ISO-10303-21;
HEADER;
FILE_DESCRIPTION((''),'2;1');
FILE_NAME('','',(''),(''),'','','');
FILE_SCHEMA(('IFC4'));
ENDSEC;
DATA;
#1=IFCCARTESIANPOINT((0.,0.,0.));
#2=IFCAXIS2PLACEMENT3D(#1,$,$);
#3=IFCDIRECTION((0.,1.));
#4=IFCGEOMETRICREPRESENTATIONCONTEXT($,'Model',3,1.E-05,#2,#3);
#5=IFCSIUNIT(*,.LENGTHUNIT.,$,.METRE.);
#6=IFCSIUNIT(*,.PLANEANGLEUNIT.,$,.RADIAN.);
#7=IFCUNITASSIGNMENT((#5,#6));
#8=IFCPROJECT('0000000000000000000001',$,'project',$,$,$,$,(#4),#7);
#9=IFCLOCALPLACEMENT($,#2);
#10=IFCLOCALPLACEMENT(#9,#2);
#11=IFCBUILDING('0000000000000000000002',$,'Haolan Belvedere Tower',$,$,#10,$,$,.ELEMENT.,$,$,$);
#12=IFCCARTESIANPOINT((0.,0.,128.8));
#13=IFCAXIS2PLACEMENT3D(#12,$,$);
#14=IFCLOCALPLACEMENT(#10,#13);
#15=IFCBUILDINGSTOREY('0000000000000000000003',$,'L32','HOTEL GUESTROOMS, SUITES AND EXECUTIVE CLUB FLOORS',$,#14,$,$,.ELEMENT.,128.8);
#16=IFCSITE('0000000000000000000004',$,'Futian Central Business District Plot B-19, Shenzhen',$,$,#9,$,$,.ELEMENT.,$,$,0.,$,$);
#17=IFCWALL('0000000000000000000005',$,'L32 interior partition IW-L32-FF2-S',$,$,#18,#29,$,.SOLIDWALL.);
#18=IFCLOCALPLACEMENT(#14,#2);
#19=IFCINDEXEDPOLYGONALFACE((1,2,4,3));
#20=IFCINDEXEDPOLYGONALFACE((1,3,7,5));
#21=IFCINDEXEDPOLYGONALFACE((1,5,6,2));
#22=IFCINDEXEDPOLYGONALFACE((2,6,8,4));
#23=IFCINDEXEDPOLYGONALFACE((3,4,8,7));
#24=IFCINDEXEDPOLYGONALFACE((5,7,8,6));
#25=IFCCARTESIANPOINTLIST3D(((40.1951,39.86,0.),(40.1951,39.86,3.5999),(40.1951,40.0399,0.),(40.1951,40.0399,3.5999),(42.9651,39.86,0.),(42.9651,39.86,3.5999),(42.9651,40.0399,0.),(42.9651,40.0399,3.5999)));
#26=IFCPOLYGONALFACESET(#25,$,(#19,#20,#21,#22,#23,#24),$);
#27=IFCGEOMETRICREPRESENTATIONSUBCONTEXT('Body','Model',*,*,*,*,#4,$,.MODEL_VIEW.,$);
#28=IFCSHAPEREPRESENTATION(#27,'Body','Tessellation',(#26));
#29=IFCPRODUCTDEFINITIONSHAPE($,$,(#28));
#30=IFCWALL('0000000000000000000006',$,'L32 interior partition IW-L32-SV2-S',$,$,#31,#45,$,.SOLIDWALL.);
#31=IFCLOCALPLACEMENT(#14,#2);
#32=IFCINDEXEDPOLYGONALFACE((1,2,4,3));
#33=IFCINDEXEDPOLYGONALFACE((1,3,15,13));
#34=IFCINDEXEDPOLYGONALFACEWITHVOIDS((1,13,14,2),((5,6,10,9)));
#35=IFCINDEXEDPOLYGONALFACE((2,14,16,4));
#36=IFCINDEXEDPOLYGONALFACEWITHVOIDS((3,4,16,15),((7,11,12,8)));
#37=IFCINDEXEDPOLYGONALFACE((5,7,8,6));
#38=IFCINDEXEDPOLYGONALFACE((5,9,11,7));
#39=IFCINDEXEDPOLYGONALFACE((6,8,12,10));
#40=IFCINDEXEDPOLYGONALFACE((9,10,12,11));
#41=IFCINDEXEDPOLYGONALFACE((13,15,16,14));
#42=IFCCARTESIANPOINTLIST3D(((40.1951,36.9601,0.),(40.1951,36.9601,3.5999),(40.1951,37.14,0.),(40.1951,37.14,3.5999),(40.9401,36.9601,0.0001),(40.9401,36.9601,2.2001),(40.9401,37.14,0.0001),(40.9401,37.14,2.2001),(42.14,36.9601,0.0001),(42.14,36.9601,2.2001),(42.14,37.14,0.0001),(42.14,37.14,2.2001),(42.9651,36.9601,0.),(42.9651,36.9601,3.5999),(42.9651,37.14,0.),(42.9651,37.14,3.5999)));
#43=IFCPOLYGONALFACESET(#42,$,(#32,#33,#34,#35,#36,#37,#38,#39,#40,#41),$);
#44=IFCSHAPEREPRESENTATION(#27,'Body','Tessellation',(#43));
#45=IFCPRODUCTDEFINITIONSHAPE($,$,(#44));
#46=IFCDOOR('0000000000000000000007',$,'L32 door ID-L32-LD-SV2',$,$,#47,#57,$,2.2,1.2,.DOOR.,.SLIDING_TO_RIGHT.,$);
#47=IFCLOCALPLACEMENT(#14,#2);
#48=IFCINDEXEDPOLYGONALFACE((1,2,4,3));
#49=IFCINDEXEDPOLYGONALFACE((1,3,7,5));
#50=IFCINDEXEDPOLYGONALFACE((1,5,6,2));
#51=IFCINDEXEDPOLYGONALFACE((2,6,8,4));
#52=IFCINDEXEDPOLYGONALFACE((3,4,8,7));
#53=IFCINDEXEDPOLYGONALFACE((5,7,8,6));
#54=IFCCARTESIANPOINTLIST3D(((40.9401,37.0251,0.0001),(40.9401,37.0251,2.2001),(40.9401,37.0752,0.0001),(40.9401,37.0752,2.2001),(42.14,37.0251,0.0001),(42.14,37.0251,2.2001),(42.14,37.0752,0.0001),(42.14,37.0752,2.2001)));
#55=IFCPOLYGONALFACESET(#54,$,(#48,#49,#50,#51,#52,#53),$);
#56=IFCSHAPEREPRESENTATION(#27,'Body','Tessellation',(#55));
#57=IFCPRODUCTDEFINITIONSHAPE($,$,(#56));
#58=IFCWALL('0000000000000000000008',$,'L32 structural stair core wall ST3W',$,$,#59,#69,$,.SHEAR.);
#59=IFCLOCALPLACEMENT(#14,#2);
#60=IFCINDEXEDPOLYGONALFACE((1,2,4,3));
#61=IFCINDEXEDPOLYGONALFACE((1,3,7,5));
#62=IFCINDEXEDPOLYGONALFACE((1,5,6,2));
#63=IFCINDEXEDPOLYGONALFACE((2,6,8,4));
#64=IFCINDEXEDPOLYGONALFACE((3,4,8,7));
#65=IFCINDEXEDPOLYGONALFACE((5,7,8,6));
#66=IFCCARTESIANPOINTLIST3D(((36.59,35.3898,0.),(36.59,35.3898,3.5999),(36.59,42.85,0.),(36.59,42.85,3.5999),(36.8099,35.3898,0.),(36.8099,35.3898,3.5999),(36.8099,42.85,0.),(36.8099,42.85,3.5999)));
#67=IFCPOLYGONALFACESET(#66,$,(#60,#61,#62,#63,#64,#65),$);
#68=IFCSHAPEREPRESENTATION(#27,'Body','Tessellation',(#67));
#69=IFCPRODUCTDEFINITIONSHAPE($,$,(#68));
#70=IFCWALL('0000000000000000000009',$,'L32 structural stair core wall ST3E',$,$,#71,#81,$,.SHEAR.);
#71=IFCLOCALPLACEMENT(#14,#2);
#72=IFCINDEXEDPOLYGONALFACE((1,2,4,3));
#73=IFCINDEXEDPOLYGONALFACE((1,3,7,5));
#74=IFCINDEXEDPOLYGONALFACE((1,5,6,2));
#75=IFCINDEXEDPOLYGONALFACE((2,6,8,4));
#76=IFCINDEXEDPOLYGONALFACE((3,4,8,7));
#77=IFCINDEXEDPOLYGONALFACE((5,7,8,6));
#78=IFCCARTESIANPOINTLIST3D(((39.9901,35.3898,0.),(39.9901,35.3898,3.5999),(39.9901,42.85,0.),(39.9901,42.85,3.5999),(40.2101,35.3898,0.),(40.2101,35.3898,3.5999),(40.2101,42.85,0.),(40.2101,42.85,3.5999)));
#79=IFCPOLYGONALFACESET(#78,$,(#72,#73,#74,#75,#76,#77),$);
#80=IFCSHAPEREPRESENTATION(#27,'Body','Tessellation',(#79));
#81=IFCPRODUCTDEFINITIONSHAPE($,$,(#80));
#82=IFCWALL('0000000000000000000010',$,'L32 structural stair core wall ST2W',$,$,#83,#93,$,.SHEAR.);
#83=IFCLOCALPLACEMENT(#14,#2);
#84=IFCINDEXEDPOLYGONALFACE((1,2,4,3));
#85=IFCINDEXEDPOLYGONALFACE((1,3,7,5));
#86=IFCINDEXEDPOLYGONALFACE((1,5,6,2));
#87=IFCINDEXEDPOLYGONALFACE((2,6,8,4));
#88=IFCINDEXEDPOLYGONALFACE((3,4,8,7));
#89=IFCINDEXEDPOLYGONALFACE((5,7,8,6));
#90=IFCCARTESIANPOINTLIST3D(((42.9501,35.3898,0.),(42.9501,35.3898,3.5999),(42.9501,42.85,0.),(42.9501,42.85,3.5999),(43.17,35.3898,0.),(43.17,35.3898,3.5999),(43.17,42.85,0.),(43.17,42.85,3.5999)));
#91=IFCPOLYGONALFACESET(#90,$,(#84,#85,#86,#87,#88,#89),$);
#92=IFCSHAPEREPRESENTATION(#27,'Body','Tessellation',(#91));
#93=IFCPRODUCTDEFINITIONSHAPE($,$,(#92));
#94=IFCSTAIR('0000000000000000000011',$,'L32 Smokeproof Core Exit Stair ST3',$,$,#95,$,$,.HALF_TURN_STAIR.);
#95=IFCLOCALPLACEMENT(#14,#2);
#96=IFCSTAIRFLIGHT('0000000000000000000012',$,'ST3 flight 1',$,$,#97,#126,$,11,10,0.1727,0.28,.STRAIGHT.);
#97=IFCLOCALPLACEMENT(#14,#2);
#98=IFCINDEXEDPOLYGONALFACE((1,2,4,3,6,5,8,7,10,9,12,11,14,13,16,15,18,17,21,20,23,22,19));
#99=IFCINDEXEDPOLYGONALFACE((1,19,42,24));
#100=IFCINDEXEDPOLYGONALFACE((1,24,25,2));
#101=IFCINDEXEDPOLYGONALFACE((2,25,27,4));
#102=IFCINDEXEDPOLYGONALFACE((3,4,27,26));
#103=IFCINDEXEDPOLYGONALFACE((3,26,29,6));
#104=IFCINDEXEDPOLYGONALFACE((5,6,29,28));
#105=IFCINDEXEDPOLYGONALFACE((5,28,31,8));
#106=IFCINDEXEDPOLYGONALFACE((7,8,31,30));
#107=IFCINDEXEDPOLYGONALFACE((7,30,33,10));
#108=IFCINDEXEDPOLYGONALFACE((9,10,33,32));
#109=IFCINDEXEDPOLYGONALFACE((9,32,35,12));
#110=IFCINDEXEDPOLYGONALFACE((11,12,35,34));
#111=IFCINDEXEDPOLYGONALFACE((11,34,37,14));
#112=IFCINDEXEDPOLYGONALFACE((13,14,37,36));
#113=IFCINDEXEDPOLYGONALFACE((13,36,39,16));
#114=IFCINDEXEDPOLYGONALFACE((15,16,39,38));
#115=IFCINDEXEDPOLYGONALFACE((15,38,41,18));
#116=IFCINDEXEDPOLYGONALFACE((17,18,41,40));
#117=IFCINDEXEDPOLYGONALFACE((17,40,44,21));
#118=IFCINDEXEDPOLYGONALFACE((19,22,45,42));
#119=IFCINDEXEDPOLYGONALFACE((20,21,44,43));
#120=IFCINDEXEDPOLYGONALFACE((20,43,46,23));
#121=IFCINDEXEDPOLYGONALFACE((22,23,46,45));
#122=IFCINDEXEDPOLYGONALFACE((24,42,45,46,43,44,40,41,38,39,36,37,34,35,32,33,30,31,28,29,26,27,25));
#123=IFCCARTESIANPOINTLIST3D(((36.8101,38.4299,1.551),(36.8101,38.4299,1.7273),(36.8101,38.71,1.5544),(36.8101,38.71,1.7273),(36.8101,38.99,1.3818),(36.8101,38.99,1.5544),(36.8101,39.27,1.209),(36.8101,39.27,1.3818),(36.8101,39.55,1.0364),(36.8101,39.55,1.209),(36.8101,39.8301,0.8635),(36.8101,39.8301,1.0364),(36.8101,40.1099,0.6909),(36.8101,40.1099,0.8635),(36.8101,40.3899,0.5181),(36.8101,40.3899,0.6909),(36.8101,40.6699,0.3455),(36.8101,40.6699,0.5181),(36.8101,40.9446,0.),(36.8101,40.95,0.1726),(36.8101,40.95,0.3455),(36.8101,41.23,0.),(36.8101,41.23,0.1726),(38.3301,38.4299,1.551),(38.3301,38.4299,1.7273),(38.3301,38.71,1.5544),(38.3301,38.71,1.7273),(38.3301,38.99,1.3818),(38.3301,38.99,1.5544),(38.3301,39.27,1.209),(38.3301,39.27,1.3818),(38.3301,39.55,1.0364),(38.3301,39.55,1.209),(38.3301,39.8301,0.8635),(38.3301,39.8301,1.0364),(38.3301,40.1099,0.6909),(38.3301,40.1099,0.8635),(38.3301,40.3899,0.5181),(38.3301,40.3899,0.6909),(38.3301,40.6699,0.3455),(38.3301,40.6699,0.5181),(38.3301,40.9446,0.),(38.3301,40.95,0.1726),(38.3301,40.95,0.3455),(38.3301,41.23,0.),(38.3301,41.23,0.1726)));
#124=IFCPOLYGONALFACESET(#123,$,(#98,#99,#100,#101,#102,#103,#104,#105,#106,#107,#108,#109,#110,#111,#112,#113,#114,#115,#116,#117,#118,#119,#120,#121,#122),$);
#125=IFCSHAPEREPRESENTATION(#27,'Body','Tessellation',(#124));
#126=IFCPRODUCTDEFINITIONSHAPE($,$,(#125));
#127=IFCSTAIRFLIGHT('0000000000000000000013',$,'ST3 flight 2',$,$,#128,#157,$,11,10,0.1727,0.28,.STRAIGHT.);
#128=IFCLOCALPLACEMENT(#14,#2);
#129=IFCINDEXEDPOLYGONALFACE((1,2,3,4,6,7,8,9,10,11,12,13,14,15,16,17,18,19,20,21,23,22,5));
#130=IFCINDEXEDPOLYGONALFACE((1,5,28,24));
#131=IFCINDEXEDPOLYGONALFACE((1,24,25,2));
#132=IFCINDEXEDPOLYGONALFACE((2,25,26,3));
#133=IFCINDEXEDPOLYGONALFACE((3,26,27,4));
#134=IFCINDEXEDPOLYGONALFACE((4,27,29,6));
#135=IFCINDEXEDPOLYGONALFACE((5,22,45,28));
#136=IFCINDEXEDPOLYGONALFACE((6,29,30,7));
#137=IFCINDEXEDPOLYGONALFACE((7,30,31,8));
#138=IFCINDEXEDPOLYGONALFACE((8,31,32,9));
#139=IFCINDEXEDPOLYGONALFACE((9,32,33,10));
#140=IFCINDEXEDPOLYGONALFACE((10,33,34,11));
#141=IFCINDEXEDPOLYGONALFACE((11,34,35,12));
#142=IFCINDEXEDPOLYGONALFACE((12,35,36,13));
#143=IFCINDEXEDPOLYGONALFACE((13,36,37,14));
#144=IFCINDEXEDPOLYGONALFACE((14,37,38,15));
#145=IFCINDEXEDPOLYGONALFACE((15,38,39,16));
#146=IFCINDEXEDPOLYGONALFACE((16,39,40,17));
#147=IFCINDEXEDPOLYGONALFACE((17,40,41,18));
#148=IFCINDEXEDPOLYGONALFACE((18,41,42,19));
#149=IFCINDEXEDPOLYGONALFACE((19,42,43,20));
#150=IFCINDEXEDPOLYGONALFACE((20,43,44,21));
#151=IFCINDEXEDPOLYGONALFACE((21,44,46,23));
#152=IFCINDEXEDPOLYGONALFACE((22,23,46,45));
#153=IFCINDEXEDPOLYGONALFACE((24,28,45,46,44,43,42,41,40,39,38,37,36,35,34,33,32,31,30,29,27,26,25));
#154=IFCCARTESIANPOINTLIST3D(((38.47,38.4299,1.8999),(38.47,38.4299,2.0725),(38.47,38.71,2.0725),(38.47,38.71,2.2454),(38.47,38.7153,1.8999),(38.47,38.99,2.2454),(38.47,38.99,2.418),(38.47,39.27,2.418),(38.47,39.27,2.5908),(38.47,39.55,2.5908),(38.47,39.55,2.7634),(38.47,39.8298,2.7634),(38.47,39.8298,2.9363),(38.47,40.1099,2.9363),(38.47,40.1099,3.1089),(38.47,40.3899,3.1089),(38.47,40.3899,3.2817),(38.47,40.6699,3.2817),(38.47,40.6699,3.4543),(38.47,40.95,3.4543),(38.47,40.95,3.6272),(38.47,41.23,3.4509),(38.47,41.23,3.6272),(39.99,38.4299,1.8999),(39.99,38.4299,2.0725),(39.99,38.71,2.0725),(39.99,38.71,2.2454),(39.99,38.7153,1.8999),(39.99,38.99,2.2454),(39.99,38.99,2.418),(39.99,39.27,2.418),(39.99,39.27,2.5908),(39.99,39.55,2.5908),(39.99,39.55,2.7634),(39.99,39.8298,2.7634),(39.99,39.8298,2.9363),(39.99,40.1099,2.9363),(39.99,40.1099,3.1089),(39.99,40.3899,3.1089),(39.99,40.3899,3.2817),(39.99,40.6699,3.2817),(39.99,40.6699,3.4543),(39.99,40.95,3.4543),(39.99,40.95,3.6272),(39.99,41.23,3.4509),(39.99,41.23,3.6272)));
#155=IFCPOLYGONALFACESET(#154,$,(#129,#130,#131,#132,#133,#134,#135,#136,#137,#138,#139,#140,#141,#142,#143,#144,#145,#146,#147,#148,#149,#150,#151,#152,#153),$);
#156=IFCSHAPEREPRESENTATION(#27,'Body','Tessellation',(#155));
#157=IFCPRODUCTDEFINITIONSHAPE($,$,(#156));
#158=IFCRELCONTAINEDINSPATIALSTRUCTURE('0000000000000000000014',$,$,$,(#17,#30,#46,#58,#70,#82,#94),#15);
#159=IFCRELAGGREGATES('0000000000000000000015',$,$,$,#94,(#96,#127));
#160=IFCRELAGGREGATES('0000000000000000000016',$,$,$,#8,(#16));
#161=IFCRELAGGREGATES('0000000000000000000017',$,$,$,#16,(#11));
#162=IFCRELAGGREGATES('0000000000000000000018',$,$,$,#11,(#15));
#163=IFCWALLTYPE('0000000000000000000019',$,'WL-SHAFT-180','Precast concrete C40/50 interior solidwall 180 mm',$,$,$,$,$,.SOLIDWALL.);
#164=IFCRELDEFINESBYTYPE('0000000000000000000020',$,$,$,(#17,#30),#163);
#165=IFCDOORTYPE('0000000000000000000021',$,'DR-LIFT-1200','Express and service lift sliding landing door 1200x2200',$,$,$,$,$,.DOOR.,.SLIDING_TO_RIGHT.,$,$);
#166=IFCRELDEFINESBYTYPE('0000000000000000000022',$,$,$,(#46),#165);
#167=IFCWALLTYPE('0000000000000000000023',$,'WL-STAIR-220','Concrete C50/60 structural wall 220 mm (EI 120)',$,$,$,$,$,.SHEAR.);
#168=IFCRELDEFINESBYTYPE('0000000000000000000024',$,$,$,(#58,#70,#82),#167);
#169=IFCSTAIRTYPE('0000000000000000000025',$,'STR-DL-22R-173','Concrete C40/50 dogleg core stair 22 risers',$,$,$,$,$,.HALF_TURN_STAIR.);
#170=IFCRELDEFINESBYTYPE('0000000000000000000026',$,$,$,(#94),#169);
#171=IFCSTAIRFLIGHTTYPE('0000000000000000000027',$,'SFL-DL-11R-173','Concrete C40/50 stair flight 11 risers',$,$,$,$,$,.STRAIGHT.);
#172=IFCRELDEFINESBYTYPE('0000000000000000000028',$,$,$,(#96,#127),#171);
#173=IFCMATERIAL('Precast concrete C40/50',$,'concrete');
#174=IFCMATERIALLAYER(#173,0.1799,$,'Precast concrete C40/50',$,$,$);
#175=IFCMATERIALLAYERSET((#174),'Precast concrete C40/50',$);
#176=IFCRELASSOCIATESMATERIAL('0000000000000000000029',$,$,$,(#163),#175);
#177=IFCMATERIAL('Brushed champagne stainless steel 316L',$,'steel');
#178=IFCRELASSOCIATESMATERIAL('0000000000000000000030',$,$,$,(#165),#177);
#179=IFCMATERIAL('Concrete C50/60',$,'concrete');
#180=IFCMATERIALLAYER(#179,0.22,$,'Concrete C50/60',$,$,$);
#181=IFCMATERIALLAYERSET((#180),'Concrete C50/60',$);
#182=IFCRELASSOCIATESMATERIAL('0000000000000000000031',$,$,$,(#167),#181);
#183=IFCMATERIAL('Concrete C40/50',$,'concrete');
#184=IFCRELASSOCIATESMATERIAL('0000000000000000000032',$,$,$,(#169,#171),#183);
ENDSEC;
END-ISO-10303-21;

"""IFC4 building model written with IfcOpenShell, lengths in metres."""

from ifc_helpers import new_model, si_unit, direction, frame, frame_2d, origin, place, context, subcontext, project, spatial, polyline, rectangle, outline, extrude, material, layer, layer_set, type_object, element, fill, aggregate, save


model = new_model("IFC4")

# Units and contexts
model_context = context("Model", 3, precision=1e-05, world=origin(), true_north=direction((0.0, 1.0)))
body_context = subcontext(model_context, "Body", "Model", "MODEL_VIEW")
ifc_project = project(units=[si_unit("LENGTHUNIT", "METRE"), si_unit("PLANEANGLEUNIT", "RADIAN")], contexts=[model_context])

# Site, building, storey
site_placement = place(None, origin())
site = spatial("IfcSite", under=ifc_project, at=site_placement, Name="Futian Central Business District Plot B-19, Shenzhen", CompositionType="ELEMENT", RefElevation=0.0)
building_placement = place(site_placement, origin())
building = spatial("IfcBuilding", under=site, at=building_placement, Name="Haolan Belvedere Tower", CompositionType="ELEMENT")
storey_placement = place(building_placement, frame((0.0, 0.0, 128.8)))
storey = spatial("IfcBuildingStorey", under=building, at=storey_placement, Name="L32", Description="HOTEL GUESTROOMS, SUITES AND EXECUTIVE CLUB FLOORS", CompositionType="ELEMENT", Elevation=128.8)

# Wall
ifc_material_1 = material(Name="Precast concrete C40/50", Category="concrete")
ifc_layer_1 = layer(ifc_material_1, 0.1799, Name="Precast concrete C40/50")
ifc_layer_set_1 = layer_set([ifc_layer_1], Name="Precast concrete C40/50")
wall_type_1 = type_object("IfcWallType", Name="WL-SHAFT-180", Description="Precast concrete C40/50 interior solidwall 180 mm", PredefinedType="SOLIDWALL", material=ifc_layer_set_1)
wall_1_placement = place(storey_placement, frame((40.1951, 39.95, 0.0), z_axis=(0.0, 0.0, 1.0), x_axis=(1.0, 0.0, 0.0)))
element("IfcWall", 1, at=wall_1_placement, inside=storey, type_object=wall_type_1, Name="L32 interior partition IW-L32-FF2-S", PredefinedType="SOLIDWALL", context=body_context, shape_type="SweptSolid", body=[
    extrude(rectangle(XDim=2.77, YDim=0.1799, at=frame_2d((1.385, 0.0))), origin(), (0.0, 0.0, 1.0), 3.5999),
])

# Wall, opening, door
wall_2_placement = place(storey_placement, frame((40.1951, 37.05, 0.0), z_axis=(0.0, 0.0, 1.0), x_axis=(1.0, 0.0, 0.0)))
wall_2 = element("IfcWall", 2, at=wall_2_placement, inside=storey, type_object=wall_type_1, Name="L32 interior partition IW-L32-SV2-S", PredefinedType="SOLIDWALL", context=body_context, shape_type="SweptSolid", body=[
    extrude(rectangle(XDim=2.77, YDim=0.1799, at=frame_2d((1.385, 0.0))), origin(), (0.0, 0.0, 1.0), 3.5999),
])
opening_placement = place(wall_2_placement, frame((1.9451, 0.0, 0.0), z_axis=(0.0, 0.0, 1.0), x_axis=(-1.0, 0.0, 0.0)))
opening = element("IfcOpeningElement", 3, at=opening_placement, cuts=wall_2, PredefinedType="OPENING", context=body_context, shape_type="SweptSolid", body=[
    extrude(rectangle(XDim=1.2, YDim=2.2, at=frame_2d((0.6001, 1.1001))), frame((0.0, 0.0999, 0.0), z_axis=(0.0, -1.0, 0.0), x_axis=(1.0, 0.0, 0.0)), (0.0, 0.0, 1.0), 0.2),
])
ifc_material_2 = material(Name="Brushed champagne stainless steel 316L", Category="steel")
door_type = type_object("IfcDoorType", Name="DR-LIFT-1200", Description="Express and service lift sliding landing door 1200x2200", OperationType="SLIDING_TO_RIGHT", PredefinedType="DOOR", material=ifc_material_2)
door_placement = place(opening_placement, origin())
door = element("IfcDoor", 4, at=door_placement, inside=storey, type_object=door_type, Name="L32 door ID-L32-LD-SV2", OperationType="SLIDING_TO_RIGHT", OverallHeight=2.2, OverallWidth=1.2, PredefinedType="DOOR", context=body_context, shape_type="SweptSolid", body=[
    extrude(rectangle(XDim=1.2, YDim=2.2, at=frame_2d((0.6001, 1.1001))), frame((0.0, 0.0249, 0.0), z_axis=(0.0, -1.0, 0.0), x_axis=(1.0, 0.0, 0.0)), (0.0, 0.0, 1.0), 0.05),
])
fill(opening, door)

# Walls
ifc_material_3 = material(Name="Concrete C50/60", Category="concrete")
ifc_layer_2 = layer(ifc_material_3, 0.22, Name="Concrete C50/60")
ifc_layer_set_2 = layer_set([ifc_layer_2], Name="Concrete C50/60")
wall_type_2 = type_object("IfcWallType", Name="WL-STAIR-220", Description="Concrete C50/60 structural wall 220 mm (EI 120)", PredefinedType="SHEAR", material=ifc_layer_set_2)
for number, where, z_axis, x_axis, name in (
    (5, (36.7, 35.3899, 0.0), (0.0, 0.0, 1.0), (0.0, 1.0, 0.0), "L32 structural stair core wall ST3W"),
    (6, (40.1001, 35.3899, 0.0), (0.0, 0.0, 1.0), (0.0, 1.0, 0.0), "L32 structural stair core wall ST3E"),
    (7, (43.0601, 35.3899, 0.0), (0.0, 0.0, 1.0), (0.0, 1.0, 0.0), "L32 structural stair core wall ST2W"),
):
    element("IfcWall", number, at=place(storey_placement, frame(where, z_axis=z_axis, x_axis=x_axis)), inside=storey, type_object=wall_type_2, Name=name, PredefinedType="SHEAR", context=body_context, shape_type="SweptSolid", body=[
        extrude(rectangle(XDim=7.4602, YDim=0.22, at=frame_2d((3.73, 0.0))), origin(), (0.0, 0.0, 1.0), 3.5999),
    ])

# Stair, stair flights
ifc_material_4 = material(Name="Concrete C40/50", Category="concrete")
stair_type = type_object("IfcStairType", Name="STR-DL-22R-173", Description="Concrete C40/50 dogleg core stair 22 risers", PredefinedType="HALF_TURN_STAIR", material=ifc_material_4)
stair_1_placement = place(storey_placement, origin())
stair_1 = element("IfcStair", 8, at=stair_1_placement, inside=storey, type_object=stair_type, Name="L32 Smokeproof Core Exit Stair ST3", PredefinedType="HALF_TURN_STAIR")
stair_flight_type = type_object("IfcStairFlightType", Name="SFL-DL-11R-173", Description="Concrete C40/50 stair flight 11 risers", PredefinedType="STRAIGHT", material=ifc_material_4)
stair_flight_1_placement = place(storey_placement, frame((37.5701, 41.23, 0.0), z_axis=(0.0, 0.0, 1.0), x_axis=(0.0, -1.0, 0.0)))
stair_flight_1 = element("IfcStairFlight", 9, at=stair_flight_1_placement, type_object=stair_flight_type, Name="ST3 flight 1", NumberOfRisers=11, NumberOfTreads=10, PredefinedType="STRAIGHT", RiserHeight=0.1727, TreadLength=0.28, context=body_context, shape_type="SweptSolid", body=[
    extrude(outline(polyline([(0.0, 0.0), (0.0, 0.1726), (0.28, 0.1726), (0.28, 0.3455), (0.5601, 0.3455), (0.5601, 0.5181), (0.8401, 0.5181), (0.8401, 0.6909), (1.1201, 0.6909), (1.1201, 0.8635), (1.3999, 0.8635), (1.3999, 1.0364), (1.6799, 1.0364), (1.6799, 1.209), (1.96, 1.209), (1.96, 1.3818), (2.24, 1.3818), (2.24, 1.5544), (2.52, 1.5544), (2.52, 1.7273), (2.8, 1.7273), (2.8, 1.8999), (2.8, 1.551), (0.2854, 0.0), (0.0, 0.0)])), frame((0.0, 0.76, 0.0), z_axis=(0.0, -1.0, 0.0), x_axis=(1.0, 0.0, 0.0)), (0.0, 0.0, 1.0), 1.52),
])
stair_flight_2_placement = place(storey_placement, frame((39.23, 38.4299, 1.8999), z_axis=(0.0, 0.0, 1.0), x_axis=(0.0, 1.0, 0.0)))
stair_flight_2 = element("IfcStairFlight", 10, at=stair_flight_2_placement, type_object=stair_flight_type, Name="ST3 flight 2", NumberOfRisers=11, NumberOfTreads=10, PredefinedType="STRAIGHT", RiserHeight=0.1727, TreadLength=0.28, context=body_context, shape_type="SweptSolid", body=[
    extrude(outline(polyline([(0.0, 0.0), (0.0, 0.1726), (0.28, 0.1726), (0.28, 0.3455), (0.5601, 0.3455), (0.5601, 0.5181), (0.8401, 0.5181), (0.8401, 0.6909), (1.1201, 0.6909), (1.1201, 0.8635), (1.3999, 0.8635), (1.3999, 1.0364), (1.6799, 1.0364), (1.6799, 1.209), (1.96, 1.209), (1.96, 1.3818), (2.24, 1.3818), (2.24, 1.5544), (2.52, 1.5544), (2.52, 1.7273), (2.8, 1.7273), (2.8, 1.8999), (2.8, 1.551), (0.2854, 0.0), (0.0, 0.0)])), frame((0.0, 0.76, 0.0), z_axis=(0.0, -1.0, 0.0), x_axis=(1.0, 0.0, 0.0)), (0.0, 0.0, 1.0), 1.52),
])
aggregate(stair_1, [stair_flight_1, stair_flight_2])

save(model, "model.ifc")
